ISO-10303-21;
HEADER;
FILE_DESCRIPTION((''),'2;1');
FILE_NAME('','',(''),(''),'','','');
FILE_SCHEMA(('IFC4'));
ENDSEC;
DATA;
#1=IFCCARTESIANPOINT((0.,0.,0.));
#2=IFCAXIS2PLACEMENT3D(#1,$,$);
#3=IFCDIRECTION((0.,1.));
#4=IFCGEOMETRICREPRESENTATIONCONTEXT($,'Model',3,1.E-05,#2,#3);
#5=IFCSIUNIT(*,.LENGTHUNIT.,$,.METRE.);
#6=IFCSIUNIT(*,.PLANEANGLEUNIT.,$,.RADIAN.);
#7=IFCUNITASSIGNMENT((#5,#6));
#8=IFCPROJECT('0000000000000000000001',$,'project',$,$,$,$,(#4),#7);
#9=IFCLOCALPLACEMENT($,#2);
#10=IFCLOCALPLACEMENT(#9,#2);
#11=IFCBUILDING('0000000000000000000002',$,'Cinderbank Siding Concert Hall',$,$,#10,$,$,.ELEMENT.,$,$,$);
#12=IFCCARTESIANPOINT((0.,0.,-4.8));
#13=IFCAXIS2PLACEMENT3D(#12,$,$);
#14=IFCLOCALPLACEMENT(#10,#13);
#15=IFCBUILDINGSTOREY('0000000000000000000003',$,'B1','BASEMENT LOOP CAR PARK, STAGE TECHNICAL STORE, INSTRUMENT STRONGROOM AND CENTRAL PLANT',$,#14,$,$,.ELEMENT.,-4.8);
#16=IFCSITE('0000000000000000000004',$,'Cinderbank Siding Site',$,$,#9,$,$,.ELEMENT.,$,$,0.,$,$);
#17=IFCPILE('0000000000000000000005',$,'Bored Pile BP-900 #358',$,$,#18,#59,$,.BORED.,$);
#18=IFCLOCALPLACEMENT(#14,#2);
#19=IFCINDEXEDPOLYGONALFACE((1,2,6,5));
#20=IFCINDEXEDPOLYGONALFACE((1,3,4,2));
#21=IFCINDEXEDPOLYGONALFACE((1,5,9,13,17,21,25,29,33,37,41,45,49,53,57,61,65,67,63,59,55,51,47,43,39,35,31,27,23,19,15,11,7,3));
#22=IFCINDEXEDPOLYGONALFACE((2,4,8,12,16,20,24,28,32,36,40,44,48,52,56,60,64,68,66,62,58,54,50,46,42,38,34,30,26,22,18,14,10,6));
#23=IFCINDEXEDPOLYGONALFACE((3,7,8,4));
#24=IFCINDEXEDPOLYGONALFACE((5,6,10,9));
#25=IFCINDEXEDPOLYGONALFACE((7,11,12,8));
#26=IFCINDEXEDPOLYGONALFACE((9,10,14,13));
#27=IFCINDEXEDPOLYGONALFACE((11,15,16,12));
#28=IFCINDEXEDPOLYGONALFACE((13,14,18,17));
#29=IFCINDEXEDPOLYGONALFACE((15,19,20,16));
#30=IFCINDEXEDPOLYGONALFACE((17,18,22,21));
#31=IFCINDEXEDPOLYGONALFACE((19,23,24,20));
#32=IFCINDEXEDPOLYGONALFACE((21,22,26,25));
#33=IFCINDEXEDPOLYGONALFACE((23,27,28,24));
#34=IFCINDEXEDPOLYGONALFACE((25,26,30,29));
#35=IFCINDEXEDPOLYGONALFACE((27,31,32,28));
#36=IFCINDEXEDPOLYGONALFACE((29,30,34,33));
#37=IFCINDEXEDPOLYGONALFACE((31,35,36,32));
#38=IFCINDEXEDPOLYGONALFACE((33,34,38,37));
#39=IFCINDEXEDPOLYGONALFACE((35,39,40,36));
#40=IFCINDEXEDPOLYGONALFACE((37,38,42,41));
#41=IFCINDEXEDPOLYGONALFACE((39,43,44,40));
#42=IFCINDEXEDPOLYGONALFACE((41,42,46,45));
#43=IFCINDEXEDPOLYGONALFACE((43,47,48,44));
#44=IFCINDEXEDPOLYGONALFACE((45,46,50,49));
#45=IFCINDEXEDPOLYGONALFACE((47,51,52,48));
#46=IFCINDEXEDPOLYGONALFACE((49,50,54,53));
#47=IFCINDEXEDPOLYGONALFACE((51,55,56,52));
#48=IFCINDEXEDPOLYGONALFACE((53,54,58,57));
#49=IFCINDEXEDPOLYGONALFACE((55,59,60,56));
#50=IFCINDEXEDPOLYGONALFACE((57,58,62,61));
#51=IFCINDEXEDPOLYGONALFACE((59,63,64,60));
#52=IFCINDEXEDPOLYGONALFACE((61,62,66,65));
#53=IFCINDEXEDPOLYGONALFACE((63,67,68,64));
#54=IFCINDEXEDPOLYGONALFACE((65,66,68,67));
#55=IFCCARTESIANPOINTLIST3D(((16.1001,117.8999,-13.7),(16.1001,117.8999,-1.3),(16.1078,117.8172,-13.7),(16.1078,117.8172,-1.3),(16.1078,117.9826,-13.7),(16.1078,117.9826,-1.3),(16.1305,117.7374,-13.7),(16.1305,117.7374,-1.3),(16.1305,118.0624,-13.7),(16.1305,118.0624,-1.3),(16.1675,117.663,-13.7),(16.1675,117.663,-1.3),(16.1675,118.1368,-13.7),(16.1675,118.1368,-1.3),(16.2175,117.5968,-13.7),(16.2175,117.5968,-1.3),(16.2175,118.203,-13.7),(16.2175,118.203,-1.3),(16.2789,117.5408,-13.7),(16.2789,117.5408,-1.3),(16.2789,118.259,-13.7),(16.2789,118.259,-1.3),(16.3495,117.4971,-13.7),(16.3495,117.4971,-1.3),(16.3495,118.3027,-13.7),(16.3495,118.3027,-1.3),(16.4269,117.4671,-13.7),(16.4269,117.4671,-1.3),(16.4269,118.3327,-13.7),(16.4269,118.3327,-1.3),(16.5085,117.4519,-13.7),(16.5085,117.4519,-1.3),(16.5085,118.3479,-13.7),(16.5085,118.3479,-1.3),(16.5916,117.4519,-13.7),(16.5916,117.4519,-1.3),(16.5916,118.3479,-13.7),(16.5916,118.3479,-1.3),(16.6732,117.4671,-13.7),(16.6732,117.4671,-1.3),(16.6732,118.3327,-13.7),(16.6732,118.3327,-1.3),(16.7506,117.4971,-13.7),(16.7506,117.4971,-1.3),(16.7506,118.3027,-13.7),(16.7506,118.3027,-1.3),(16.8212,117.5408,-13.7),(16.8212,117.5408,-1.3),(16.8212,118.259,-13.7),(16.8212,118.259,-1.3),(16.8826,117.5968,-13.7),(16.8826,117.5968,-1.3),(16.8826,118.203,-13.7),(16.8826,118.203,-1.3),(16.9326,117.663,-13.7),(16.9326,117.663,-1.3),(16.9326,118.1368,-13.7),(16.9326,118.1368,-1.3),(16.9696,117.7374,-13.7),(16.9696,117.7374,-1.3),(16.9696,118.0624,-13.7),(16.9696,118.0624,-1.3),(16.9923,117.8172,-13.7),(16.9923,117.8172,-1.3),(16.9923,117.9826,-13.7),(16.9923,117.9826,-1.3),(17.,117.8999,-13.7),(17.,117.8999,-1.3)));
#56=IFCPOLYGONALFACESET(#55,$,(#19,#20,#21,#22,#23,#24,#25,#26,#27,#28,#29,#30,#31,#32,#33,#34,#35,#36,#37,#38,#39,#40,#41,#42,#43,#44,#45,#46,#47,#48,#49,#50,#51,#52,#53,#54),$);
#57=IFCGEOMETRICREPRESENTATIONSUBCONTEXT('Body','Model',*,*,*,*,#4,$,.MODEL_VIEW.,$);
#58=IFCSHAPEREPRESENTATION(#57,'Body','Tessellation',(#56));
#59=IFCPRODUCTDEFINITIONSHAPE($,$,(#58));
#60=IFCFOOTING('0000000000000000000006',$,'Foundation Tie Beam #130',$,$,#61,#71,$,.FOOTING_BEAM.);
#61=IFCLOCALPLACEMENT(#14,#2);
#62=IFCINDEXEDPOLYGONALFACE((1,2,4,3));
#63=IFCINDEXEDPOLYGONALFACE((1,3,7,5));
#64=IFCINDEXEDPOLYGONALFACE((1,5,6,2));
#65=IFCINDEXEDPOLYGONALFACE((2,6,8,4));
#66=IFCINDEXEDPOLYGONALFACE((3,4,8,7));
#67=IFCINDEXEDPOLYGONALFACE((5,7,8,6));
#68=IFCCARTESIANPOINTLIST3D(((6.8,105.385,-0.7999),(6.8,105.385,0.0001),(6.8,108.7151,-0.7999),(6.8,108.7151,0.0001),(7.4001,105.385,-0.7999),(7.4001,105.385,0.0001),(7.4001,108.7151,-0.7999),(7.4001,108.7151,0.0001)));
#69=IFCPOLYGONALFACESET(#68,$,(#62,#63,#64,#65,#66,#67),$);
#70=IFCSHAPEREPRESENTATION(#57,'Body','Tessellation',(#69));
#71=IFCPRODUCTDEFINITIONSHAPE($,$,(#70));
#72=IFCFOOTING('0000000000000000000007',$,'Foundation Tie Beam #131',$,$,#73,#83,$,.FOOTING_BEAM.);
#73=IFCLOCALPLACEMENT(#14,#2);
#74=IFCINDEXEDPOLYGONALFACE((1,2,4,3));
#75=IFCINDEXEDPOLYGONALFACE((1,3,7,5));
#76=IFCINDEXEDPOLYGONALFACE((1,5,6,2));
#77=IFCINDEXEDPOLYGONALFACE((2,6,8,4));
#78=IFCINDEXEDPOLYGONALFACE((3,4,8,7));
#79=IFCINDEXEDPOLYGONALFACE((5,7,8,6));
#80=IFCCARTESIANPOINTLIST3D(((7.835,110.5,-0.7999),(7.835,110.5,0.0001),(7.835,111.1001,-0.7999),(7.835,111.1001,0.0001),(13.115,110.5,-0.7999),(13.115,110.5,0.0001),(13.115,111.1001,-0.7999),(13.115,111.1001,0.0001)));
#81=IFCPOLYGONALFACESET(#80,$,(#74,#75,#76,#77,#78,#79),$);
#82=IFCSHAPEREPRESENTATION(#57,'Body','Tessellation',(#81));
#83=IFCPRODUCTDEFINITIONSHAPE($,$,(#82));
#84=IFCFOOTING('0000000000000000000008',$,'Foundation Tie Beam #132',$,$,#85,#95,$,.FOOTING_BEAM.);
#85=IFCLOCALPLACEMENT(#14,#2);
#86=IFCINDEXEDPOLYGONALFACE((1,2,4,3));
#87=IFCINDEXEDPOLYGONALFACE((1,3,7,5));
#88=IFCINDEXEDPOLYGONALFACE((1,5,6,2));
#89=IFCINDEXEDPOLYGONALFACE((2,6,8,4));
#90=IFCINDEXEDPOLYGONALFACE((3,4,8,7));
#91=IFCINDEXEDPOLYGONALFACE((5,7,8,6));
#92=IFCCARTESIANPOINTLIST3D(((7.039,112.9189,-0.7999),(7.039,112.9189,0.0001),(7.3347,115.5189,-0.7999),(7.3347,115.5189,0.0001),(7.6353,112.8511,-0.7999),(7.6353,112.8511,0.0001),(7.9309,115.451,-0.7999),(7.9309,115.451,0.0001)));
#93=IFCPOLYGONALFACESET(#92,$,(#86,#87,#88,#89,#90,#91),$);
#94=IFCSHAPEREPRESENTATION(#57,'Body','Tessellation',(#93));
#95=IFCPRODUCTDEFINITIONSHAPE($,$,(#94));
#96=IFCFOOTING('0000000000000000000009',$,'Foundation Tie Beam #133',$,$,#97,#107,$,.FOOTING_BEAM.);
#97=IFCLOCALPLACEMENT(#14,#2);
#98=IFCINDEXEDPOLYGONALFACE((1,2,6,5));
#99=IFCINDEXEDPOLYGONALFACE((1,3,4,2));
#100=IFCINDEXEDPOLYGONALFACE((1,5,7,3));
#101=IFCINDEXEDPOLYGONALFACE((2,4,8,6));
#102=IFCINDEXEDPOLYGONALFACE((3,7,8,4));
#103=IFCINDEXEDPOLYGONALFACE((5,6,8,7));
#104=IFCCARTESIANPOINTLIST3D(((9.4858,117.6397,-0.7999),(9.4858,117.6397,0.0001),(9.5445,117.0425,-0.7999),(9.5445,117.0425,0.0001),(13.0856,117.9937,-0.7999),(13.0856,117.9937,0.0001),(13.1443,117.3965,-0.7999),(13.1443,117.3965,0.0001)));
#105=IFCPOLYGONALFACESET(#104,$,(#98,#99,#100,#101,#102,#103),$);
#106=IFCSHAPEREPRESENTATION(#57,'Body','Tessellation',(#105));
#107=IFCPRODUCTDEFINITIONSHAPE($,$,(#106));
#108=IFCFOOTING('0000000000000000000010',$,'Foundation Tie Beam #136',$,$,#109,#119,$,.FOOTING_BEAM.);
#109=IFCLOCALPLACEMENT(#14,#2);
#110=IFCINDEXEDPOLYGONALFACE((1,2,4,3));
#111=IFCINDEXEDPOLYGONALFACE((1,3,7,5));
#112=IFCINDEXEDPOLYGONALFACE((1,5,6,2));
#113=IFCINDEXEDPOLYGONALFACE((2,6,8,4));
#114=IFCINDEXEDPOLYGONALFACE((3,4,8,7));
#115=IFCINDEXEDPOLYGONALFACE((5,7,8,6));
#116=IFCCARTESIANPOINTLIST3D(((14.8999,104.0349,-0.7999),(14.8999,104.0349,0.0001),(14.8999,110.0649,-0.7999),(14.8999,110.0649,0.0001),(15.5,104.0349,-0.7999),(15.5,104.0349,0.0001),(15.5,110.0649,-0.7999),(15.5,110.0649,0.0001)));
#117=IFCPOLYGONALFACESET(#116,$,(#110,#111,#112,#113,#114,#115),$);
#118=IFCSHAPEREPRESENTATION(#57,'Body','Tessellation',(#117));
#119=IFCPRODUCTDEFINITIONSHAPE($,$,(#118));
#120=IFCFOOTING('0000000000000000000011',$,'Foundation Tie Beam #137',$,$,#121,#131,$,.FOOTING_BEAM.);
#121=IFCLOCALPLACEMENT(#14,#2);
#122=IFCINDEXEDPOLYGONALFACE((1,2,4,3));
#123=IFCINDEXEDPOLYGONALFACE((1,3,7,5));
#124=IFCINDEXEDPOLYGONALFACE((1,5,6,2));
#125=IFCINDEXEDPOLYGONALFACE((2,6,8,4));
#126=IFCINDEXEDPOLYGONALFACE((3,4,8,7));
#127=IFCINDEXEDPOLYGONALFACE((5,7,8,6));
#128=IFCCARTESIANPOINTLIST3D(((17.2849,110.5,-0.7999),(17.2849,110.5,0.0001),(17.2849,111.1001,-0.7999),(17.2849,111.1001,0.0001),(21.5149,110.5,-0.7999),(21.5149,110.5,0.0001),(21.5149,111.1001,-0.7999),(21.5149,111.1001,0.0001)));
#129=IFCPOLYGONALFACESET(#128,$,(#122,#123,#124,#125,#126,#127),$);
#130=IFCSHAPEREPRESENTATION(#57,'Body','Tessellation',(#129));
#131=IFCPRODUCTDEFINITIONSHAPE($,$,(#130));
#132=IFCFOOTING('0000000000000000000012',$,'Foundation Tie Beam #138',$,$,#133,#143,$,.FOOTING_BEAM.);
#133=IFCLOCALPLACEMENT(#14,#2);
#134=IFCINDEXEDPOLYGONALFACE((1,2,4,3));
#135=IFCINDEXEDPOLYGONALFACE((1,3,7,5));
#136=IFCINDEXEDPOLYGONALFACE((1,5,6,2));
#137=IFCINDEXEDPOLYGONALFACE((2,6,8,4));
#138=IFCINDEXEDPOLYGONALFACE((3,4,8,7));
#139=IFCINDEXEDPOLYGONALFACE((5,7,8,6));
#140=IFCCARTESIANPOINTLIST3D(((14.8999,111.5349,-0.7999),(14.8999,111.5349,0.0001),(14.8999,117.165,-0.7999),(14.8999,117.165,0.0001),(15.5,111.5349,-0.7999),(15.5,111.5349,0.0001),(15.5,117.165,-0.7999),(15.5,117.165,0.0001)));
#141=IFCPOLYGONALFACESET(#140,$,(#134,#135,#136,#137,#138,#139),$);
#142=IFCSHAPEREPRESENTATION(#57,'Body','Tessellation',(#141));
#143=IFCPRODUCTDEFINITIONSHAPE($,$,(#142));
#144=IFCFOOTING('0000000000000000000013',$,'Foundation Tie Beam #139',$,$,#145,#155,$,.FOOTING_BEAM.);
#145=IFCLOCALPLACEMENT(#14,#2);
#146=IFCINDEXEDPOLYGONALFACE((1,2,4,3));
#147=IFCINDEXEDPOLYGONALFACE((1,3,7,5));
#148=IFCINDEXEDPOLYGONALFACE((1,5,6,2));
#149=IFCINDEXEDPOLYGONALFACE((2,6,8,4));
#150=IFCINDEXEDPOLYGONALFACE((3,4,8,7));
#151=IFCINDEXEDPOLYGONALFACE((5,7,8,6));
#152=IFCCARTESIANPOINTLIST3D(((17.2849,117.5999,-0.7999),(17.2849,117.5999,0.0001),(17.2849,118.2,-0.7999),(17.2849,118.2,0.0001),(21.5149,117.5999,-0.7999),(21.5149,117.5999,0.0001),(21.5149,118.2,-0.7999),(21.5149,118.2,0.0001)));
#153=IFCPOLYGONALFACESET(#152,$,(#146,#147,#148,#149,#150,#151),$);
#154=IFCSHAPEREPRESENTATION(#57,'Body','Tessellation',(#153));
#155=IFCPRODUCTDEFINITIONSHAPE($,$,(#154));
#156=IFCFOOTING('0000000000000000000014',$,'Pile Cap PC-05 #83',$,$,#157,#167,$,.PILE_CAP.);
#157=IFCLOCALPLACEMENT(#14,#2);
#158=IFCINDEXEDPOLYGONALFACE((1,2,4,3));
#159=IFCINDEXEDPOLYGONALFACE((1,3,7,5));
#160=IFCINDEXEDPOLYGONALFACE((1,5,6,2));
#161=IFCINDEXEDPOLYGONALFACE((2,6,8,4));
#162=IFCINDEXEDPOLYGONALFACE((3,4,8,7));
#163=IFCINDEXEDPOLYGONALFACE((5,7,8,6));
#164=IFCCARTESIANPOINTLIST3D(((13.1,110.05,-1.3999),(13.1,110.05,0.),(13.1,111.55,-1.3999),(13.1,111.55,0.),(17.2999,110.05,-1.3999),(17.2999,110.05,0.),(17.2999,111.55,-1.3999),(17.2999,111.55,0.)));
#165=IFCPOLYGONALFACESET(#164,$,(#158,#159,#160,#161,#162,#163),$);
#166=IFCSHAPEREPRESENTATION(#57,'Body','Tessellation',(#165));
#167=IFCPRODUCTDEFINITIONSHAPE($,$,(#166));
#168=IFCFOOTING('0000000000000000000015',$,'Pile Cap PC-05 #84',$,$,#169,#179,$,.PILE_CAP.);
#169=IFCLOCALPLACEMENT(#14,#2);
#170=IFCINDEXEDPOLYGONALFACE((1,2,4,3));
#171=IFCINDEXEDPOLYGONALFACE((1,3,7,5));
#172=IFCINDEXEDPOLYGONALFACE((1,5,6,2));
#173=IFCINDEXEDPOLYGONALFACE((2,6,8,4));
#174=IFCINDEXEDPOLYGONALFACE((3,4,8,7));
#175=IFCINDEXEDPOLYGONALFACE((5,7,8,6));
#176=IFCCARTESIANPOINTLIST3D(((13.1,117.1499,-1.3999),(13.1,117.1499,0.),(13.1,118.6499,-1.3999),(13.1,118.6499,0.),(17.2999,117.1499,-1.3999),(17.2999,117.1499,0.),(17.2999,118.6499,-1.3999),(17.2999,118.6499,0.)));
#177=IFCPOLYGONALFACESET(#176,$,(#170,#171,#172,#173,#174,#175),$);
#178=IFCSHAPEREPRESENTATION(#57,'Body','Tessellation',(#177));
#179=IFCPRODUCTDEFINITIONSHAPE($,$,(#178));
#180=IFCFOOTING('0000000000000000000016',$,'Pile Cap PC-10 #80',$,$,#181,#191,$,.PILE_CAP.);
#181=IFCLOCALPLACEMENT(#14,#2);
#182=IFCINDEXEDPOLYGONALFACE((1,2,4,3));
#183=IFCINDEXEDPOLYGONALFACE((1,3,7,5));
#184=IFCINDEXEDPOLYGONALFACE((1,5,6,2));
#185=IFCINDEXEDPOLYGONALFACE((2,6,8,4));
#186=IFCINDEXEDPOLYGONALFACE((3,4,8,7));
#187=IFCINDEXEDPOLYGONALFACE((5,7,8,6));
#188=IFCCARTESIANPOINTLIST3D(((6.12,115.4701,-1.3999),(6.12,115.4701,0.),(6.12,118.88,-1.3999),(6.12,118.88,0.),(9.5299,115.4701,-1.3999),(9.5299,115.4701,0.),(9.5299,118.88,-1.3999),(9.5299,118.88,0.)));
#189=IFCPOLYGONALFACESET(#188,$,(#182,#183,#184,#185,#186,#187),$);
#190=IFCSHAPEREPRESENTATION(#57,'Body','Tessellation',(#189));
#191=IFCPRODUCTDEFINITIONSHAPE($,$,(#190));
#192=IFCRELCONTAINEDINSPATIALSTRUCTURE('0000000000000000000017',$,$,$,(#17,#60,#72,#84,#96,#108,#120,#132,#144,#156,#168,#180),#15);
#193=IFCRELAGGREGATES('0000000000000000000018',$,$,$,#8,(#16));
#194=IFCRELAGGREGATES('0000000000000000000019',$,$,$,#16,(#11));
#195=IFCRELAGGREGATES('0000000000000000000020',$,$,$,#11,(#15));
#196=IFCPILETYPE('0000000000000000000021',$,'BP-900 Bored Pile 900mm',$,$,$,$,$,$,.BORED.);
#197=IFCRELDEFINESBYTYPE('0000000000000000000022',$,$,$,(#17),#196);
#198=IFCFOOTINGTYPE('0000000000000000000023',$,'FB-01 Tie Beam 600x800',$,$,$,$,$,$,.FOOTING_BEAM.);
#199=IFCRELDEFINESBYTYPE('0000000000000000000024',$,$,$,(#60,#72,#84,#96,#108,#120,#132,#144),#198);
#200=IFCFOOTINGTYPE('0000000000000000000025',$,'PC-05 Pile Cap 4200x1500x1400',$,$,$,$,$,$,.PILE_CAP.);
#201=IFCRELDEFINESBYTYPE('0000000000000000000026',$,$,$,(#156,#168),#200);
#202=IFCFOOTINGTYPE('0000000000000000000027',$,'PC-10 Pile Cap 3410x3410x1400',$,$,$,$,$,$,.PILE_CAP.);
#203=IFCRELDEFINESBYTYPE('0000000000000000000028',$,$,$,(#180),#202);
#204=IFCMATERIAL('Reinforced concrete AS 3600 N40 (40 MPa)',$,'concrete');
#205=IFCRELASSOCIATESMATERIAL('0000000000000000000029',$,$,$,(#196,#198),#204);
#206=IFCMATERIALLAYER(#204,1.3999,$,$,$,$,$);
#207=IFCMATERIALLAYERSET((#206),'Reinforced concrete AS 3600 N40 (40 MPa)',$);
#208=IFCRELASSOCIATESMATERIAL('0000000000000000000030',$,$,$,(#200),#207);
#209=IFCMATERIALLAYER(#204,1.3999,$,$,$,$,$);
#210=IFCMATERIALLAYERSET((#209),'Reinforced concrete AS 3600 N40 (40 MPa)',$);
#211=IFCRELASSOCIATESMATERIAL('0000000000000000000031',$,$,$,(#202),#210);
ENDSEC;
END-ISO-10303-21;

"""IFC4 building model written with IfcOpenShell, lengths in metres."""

from ifc_helpers import new_model, si_unit, direction, frame, origin, origin_2d, place, context, subcontext, project, spatial, rectangle, circle, extrude, material, layer, layer_set, material_profile, profile_set, type_object, element, save


model = new_model("IFC4")

# Units and contexts
model_context = context("Model", 3, precision=1e-05, world=origin(), true_north=direction((0.0, 1.0)))
body_context = subcontext(model_context, "Body", "Model", "MODEL_VIEW")
ifc_project = project(units=[si_unit("LENGTHUNIT", "METRE"), si_unit("PLANEANGLEUNIT", "RADIAN")], contexts=[model_context])

# Site, building, storey
site_placement = place(None, origin())
site = spatial("IfcSite", under=ifc_project, at=site_placement, Name="Cinderbank Siding Site", CompositionType="ELEMENT", RefElevation=0.0)
building_placement = place(site_placement, origin())
building = spatial("IfcBuilding", under=site, at=building_placement, Name="Cinderbank Siding Concert Hall", CompositionType="ELEMENT")
storey_placement = place(building_placement, frame((0.0, 0.0, -4.8)))
storey = spatial("IfcBuildingStorey", under=building, at=storey_placement, Name="B1", Description="BASEMENT LOOP CAR PARK, STAGE TECHNICAL STORE, INSTRUMENT STRONGROOM AND CENTRAL PLANT", CompositionType="ELEMENT", Elevation=-4.8)

# Pile
ifc_material_1 = material(Name="Reinforced concrete AS 3600 N40 (40 MPa)", Category="concrete")
ifc_material_profile_1 = material_profile(ifc_material_1, circle(Radius=0.45, at=origin_2d()), Name="PILE-900DIA", Category="LoadBearing")
ifc_profile_set_1 = profile_set([ifc_material_profile_1], Name="Reinforced concrete AS 3600 N40 (40 MPa)")
pile_type = type_object("IfcPileType", Name="BP-900 Bored Pile 900mm", PredefinedType="BORED", material=ifc_profile_set_1)
for number, where, z_axis, x_axis, name in (
    (1, (16.55, 117.8999, -1.3), (0.0, 0.0, -1.0), (1.0, 0.0, 0.0), "Bored Pile BP-900 #358"),
):
    element("IfcPile", number, at=place(storey_placement, frame(where, z_axis=z_axis, x_axis=x_axis)), inside=storey, type_object=pile_type, Name=name, PredefinedType="BORED", context=body_context, shape_type="SweptSolid", body=[
        extrude(circle(Radius=0.45, at=origin_2d()), origin(), (0.0, 0.0, 1.0), 12.3999),
    ])

# Footings
ifc_material_profile_2 = material_profile(ifc_material_1, rectangle(XDim=0.6001, YDim=0.8, at=origin_2d()), Name="RC-FB-600x800", Category="LoadBearing")
ifc_profile_set_2 = profile_set([ifc_material_profile_2], Name="Reinforced concrete AS 3600 N40 (40 MPa)")
footing_type_1 = type_object("IfcFootingType", Name="FB-01 Tie Beam 600x800", PredefinedType="FOOTING_BEAM", material=ifc_profile_set_2)
footing_1_placement = place(storey_placement, frame((7.1001, 105.385, -0.3999), z_axis=(0.0, 1.0, 0.0), x_axis=(-1.0, 0.0, 0.0)))
element("IfcFooting", 2, at=footing_1_placement, inside=storey, type_object=footing_type_1, Name="Foundation Tie Beam #130", PredefinedType="FOOTING_BEAM", context=body_context, shape_type="SweptSolid", body=[
    extrude(rectangle(XDim=0.6001, YDim=0.8, at=origin_2d()), origin(), (0.0, 0.0, 1.0), 3.3301),
])
footing_2_placement = place(storey_placement, frame((7.835, 110.8, -0.3999), z_axis=(1.0, 0.0, 0.0), x_axis=(0.0, 1.0, 0.0)))
element("IfcFooting", 3, at=footing_2_placement, inside=storey, type_object=footing_type_1, Name="Foundation Tie Beam #131", PredefinedType="FOOTING_BEAM", context=body_context, shape_type="SweptSolid", body=[
    extrude(rectangle(XDim=0.6001, YDim=0.8, at=origin_2d()), origin(), (0.0, 0.0, 1.0), 5.28),
])
footing_3_placement = place(storey_placement, frame((7.3372, 112.885, -0.3999), z_axis=(0.112991, 0.993596, 0.0), x_axis=(-0.993596, 0.112991, 0.0)))
element("IfcFooting", 4, at=footing_3_placement, inside=storey, type_object=footing_type_1, Name="Foundation Tie Beam #132", PredefinedType="FOOTING_BEAM", context=body_context, shape_type="SweptSolid", body=[
    extrude(rectangle(XDim=0.6001, YDim=0.8, at=origin_2d()), origin(), (0.0, 0.0, 1.0), 2.6167),
])
footing_4_placement = place(storey_placement, frame((9.5151, 117.3411, -0.3999), z_axis=(0.9952, 0.097866, 0.0), x_axis=(-0.097866, 0.9952, 0.0)))
element("IfcFooting", 5, at=footing_4_placement, inside=storey, type_object=footing_type_1, Name="Foundation Tie Beam #133", PredefinedType="FOOTING_BEAM", context=body_context, shape_type="SweptSolid", body=[
    extrude(rectangle(XDim=0.6001, YDim=0.8, at=origin_2d()), origin(), (0.0, 0.0, 1.0), 3.6172),
])
footing_5_placement = place(storey_placement, frame((15.2, 104.0349, -0.3999), z_axis=(0.0, 1.0, 0.0), x_axis=(-1.0, 0.0, 0.0)))
element("IfcFooting", 6, at=footing_5_placement, inside=storey, type_object=footing_type_1, Name="Foundation Tie Beam #136", PredefinedType="FOOTING_BEAM", context=body_context, shape_type="SweptSolid", body=[
    extrude(rectangle(XDim=0.6001, YDim=0.8, at=origin_2d()), origin(), (0.0, 0.0, 1.0), 6.03),
])
footing_6_placement = place(storey_placement, frame((17.2849, 110.8, -0.3999), z_axis=(1.0, 0.0, 0.0), x_axis=(0.0, 1.0, 0.0)))
element("IfcFooting", 7, at=footing_6_placement, inside=storey, type_object=footing_type_1, Name="Foundation Tie Beam #137", PredefinedType="FOOTING_BEAM", context=body_context, shape_type="SweptSolid", body=[
    extrude(rectangle(XDim=0.6001, YDim=0.8, at=origin_2d()), origin(), (0.0, 0.0, 1.0), 4.23),
])
footing_7_placement = place(storey_placement, frame((15.2, 111.5349, -0.3999), z_axis=(0.0, 1.0, 0.0), x_axis=(-1.0, 0.0, 0.0)))
element("IfcFooting", 8, at=footing_7_placement, inside=storey, type_object=footing_type_1, Name="Foundation Tie Beam #138", PredefinedType="FOOTING_BEAM", context=body_context, shape_type="SweptSolid", body=[
    extrude(rectangle(XDim=0.6001, YDim=0.8, at=origin_2d()), origin(), (0.0, 0.0, 1.0), 5.6301),
])
footing_8_placement = place(storey_placement, frame((17.2849, 117.8999, -0.3999), z_axis=(1.0, 0.0, 0.0), x_axis=(0.0, 1.0, 0.0)))
element("IfcFooting", 9, at=footing_8_placement, inside=storey, type_object=footing_type_1, Name="Foundation Tie Beam #139", PredefinedType="FOOTING_BEAM", context=body_context, shape_type="SweptSolid", body=[
    extrude(rectangle(XDim=0.6001, YDim=0.8, at=origin_2d()), origin(), (0.0, 0.0, 1.0), 4.23),
])
ifc_layer_1 = layer(ifc_material_1, 1.3999)
ifc_layer_set_1 = layer_set([ifc_layer_1], Name="Reinforced concrete AS 3600 N40 (40 MPa)")
footing_type_2 = type_object("IfcFootingType", Name="PC-05 Pile Cap 4200x1500x1400", PredefinedType="PILE_CAP", material=ifc_layer_set_1)
for number, where, z_axis, x_axis, name in (
    (10, (15.2, 110.8, -1.3999), (0.0, 0.0, 1.0), (1.0, 0.0, 0.0), "Pile Cap PC-05 #83"),
    (11, (15.2, 117.8999, -1.3999), (0.0, 0.0, 1.0), (1.0, 0.0, 0.0), "Pile Cap PC-05 #84"),
):
    element("IfcFooting", number, at=place(storey_placement, frame(where, z_axis=z_axis, x_axis=x_axis)), inside=storey, type_object=footing_type_2, Name=name, PredefinedType="PILE_CAP", context=body_context, shape_type="SweptSolid", body=[
        extrude(rectangle(XDim=4.2, YDim=1.5, at=origin_2d()), origin(), (0.0, 0.0, 1.0), 1.3999),
    ])
ifc_layer_2 = layer(ifc_material_1, 1.3999)
ifc_layer_set_2 = layer_set([ifc_layer_2], Name="Reinforced concrete AS 3600 N40 (40 MPa)")
footing_type_3 = type_object("IfcFootingType", Name="PC-10 Pile Cap 3410x3410x1400", PredefinedType="PILE_CAP", material=ifc_layer_set_2)
footing_9_placement = place(storey_placement, frame((7.825, 117.175, -1.3999), z_axis=(0.0, 0.0, 1.0), x_axis=(1.0, 0.0, 0.0)))
element("IfcFooting", 12, at=footing_9_placement, inside=storey, type_object=footing_type_3, Name="Pile Cap PC-10 #80", PredefinedType="PILE_CAP", context=body_context, shape_type="SweptSolid", body=[
    extrude(rectangle(XDim=3.4099, YDim=3.4099, at=origin_2d()), origin(), (0.0, 0.0, 1.0), 1.3999),
])

save(model, "model.ifc")
